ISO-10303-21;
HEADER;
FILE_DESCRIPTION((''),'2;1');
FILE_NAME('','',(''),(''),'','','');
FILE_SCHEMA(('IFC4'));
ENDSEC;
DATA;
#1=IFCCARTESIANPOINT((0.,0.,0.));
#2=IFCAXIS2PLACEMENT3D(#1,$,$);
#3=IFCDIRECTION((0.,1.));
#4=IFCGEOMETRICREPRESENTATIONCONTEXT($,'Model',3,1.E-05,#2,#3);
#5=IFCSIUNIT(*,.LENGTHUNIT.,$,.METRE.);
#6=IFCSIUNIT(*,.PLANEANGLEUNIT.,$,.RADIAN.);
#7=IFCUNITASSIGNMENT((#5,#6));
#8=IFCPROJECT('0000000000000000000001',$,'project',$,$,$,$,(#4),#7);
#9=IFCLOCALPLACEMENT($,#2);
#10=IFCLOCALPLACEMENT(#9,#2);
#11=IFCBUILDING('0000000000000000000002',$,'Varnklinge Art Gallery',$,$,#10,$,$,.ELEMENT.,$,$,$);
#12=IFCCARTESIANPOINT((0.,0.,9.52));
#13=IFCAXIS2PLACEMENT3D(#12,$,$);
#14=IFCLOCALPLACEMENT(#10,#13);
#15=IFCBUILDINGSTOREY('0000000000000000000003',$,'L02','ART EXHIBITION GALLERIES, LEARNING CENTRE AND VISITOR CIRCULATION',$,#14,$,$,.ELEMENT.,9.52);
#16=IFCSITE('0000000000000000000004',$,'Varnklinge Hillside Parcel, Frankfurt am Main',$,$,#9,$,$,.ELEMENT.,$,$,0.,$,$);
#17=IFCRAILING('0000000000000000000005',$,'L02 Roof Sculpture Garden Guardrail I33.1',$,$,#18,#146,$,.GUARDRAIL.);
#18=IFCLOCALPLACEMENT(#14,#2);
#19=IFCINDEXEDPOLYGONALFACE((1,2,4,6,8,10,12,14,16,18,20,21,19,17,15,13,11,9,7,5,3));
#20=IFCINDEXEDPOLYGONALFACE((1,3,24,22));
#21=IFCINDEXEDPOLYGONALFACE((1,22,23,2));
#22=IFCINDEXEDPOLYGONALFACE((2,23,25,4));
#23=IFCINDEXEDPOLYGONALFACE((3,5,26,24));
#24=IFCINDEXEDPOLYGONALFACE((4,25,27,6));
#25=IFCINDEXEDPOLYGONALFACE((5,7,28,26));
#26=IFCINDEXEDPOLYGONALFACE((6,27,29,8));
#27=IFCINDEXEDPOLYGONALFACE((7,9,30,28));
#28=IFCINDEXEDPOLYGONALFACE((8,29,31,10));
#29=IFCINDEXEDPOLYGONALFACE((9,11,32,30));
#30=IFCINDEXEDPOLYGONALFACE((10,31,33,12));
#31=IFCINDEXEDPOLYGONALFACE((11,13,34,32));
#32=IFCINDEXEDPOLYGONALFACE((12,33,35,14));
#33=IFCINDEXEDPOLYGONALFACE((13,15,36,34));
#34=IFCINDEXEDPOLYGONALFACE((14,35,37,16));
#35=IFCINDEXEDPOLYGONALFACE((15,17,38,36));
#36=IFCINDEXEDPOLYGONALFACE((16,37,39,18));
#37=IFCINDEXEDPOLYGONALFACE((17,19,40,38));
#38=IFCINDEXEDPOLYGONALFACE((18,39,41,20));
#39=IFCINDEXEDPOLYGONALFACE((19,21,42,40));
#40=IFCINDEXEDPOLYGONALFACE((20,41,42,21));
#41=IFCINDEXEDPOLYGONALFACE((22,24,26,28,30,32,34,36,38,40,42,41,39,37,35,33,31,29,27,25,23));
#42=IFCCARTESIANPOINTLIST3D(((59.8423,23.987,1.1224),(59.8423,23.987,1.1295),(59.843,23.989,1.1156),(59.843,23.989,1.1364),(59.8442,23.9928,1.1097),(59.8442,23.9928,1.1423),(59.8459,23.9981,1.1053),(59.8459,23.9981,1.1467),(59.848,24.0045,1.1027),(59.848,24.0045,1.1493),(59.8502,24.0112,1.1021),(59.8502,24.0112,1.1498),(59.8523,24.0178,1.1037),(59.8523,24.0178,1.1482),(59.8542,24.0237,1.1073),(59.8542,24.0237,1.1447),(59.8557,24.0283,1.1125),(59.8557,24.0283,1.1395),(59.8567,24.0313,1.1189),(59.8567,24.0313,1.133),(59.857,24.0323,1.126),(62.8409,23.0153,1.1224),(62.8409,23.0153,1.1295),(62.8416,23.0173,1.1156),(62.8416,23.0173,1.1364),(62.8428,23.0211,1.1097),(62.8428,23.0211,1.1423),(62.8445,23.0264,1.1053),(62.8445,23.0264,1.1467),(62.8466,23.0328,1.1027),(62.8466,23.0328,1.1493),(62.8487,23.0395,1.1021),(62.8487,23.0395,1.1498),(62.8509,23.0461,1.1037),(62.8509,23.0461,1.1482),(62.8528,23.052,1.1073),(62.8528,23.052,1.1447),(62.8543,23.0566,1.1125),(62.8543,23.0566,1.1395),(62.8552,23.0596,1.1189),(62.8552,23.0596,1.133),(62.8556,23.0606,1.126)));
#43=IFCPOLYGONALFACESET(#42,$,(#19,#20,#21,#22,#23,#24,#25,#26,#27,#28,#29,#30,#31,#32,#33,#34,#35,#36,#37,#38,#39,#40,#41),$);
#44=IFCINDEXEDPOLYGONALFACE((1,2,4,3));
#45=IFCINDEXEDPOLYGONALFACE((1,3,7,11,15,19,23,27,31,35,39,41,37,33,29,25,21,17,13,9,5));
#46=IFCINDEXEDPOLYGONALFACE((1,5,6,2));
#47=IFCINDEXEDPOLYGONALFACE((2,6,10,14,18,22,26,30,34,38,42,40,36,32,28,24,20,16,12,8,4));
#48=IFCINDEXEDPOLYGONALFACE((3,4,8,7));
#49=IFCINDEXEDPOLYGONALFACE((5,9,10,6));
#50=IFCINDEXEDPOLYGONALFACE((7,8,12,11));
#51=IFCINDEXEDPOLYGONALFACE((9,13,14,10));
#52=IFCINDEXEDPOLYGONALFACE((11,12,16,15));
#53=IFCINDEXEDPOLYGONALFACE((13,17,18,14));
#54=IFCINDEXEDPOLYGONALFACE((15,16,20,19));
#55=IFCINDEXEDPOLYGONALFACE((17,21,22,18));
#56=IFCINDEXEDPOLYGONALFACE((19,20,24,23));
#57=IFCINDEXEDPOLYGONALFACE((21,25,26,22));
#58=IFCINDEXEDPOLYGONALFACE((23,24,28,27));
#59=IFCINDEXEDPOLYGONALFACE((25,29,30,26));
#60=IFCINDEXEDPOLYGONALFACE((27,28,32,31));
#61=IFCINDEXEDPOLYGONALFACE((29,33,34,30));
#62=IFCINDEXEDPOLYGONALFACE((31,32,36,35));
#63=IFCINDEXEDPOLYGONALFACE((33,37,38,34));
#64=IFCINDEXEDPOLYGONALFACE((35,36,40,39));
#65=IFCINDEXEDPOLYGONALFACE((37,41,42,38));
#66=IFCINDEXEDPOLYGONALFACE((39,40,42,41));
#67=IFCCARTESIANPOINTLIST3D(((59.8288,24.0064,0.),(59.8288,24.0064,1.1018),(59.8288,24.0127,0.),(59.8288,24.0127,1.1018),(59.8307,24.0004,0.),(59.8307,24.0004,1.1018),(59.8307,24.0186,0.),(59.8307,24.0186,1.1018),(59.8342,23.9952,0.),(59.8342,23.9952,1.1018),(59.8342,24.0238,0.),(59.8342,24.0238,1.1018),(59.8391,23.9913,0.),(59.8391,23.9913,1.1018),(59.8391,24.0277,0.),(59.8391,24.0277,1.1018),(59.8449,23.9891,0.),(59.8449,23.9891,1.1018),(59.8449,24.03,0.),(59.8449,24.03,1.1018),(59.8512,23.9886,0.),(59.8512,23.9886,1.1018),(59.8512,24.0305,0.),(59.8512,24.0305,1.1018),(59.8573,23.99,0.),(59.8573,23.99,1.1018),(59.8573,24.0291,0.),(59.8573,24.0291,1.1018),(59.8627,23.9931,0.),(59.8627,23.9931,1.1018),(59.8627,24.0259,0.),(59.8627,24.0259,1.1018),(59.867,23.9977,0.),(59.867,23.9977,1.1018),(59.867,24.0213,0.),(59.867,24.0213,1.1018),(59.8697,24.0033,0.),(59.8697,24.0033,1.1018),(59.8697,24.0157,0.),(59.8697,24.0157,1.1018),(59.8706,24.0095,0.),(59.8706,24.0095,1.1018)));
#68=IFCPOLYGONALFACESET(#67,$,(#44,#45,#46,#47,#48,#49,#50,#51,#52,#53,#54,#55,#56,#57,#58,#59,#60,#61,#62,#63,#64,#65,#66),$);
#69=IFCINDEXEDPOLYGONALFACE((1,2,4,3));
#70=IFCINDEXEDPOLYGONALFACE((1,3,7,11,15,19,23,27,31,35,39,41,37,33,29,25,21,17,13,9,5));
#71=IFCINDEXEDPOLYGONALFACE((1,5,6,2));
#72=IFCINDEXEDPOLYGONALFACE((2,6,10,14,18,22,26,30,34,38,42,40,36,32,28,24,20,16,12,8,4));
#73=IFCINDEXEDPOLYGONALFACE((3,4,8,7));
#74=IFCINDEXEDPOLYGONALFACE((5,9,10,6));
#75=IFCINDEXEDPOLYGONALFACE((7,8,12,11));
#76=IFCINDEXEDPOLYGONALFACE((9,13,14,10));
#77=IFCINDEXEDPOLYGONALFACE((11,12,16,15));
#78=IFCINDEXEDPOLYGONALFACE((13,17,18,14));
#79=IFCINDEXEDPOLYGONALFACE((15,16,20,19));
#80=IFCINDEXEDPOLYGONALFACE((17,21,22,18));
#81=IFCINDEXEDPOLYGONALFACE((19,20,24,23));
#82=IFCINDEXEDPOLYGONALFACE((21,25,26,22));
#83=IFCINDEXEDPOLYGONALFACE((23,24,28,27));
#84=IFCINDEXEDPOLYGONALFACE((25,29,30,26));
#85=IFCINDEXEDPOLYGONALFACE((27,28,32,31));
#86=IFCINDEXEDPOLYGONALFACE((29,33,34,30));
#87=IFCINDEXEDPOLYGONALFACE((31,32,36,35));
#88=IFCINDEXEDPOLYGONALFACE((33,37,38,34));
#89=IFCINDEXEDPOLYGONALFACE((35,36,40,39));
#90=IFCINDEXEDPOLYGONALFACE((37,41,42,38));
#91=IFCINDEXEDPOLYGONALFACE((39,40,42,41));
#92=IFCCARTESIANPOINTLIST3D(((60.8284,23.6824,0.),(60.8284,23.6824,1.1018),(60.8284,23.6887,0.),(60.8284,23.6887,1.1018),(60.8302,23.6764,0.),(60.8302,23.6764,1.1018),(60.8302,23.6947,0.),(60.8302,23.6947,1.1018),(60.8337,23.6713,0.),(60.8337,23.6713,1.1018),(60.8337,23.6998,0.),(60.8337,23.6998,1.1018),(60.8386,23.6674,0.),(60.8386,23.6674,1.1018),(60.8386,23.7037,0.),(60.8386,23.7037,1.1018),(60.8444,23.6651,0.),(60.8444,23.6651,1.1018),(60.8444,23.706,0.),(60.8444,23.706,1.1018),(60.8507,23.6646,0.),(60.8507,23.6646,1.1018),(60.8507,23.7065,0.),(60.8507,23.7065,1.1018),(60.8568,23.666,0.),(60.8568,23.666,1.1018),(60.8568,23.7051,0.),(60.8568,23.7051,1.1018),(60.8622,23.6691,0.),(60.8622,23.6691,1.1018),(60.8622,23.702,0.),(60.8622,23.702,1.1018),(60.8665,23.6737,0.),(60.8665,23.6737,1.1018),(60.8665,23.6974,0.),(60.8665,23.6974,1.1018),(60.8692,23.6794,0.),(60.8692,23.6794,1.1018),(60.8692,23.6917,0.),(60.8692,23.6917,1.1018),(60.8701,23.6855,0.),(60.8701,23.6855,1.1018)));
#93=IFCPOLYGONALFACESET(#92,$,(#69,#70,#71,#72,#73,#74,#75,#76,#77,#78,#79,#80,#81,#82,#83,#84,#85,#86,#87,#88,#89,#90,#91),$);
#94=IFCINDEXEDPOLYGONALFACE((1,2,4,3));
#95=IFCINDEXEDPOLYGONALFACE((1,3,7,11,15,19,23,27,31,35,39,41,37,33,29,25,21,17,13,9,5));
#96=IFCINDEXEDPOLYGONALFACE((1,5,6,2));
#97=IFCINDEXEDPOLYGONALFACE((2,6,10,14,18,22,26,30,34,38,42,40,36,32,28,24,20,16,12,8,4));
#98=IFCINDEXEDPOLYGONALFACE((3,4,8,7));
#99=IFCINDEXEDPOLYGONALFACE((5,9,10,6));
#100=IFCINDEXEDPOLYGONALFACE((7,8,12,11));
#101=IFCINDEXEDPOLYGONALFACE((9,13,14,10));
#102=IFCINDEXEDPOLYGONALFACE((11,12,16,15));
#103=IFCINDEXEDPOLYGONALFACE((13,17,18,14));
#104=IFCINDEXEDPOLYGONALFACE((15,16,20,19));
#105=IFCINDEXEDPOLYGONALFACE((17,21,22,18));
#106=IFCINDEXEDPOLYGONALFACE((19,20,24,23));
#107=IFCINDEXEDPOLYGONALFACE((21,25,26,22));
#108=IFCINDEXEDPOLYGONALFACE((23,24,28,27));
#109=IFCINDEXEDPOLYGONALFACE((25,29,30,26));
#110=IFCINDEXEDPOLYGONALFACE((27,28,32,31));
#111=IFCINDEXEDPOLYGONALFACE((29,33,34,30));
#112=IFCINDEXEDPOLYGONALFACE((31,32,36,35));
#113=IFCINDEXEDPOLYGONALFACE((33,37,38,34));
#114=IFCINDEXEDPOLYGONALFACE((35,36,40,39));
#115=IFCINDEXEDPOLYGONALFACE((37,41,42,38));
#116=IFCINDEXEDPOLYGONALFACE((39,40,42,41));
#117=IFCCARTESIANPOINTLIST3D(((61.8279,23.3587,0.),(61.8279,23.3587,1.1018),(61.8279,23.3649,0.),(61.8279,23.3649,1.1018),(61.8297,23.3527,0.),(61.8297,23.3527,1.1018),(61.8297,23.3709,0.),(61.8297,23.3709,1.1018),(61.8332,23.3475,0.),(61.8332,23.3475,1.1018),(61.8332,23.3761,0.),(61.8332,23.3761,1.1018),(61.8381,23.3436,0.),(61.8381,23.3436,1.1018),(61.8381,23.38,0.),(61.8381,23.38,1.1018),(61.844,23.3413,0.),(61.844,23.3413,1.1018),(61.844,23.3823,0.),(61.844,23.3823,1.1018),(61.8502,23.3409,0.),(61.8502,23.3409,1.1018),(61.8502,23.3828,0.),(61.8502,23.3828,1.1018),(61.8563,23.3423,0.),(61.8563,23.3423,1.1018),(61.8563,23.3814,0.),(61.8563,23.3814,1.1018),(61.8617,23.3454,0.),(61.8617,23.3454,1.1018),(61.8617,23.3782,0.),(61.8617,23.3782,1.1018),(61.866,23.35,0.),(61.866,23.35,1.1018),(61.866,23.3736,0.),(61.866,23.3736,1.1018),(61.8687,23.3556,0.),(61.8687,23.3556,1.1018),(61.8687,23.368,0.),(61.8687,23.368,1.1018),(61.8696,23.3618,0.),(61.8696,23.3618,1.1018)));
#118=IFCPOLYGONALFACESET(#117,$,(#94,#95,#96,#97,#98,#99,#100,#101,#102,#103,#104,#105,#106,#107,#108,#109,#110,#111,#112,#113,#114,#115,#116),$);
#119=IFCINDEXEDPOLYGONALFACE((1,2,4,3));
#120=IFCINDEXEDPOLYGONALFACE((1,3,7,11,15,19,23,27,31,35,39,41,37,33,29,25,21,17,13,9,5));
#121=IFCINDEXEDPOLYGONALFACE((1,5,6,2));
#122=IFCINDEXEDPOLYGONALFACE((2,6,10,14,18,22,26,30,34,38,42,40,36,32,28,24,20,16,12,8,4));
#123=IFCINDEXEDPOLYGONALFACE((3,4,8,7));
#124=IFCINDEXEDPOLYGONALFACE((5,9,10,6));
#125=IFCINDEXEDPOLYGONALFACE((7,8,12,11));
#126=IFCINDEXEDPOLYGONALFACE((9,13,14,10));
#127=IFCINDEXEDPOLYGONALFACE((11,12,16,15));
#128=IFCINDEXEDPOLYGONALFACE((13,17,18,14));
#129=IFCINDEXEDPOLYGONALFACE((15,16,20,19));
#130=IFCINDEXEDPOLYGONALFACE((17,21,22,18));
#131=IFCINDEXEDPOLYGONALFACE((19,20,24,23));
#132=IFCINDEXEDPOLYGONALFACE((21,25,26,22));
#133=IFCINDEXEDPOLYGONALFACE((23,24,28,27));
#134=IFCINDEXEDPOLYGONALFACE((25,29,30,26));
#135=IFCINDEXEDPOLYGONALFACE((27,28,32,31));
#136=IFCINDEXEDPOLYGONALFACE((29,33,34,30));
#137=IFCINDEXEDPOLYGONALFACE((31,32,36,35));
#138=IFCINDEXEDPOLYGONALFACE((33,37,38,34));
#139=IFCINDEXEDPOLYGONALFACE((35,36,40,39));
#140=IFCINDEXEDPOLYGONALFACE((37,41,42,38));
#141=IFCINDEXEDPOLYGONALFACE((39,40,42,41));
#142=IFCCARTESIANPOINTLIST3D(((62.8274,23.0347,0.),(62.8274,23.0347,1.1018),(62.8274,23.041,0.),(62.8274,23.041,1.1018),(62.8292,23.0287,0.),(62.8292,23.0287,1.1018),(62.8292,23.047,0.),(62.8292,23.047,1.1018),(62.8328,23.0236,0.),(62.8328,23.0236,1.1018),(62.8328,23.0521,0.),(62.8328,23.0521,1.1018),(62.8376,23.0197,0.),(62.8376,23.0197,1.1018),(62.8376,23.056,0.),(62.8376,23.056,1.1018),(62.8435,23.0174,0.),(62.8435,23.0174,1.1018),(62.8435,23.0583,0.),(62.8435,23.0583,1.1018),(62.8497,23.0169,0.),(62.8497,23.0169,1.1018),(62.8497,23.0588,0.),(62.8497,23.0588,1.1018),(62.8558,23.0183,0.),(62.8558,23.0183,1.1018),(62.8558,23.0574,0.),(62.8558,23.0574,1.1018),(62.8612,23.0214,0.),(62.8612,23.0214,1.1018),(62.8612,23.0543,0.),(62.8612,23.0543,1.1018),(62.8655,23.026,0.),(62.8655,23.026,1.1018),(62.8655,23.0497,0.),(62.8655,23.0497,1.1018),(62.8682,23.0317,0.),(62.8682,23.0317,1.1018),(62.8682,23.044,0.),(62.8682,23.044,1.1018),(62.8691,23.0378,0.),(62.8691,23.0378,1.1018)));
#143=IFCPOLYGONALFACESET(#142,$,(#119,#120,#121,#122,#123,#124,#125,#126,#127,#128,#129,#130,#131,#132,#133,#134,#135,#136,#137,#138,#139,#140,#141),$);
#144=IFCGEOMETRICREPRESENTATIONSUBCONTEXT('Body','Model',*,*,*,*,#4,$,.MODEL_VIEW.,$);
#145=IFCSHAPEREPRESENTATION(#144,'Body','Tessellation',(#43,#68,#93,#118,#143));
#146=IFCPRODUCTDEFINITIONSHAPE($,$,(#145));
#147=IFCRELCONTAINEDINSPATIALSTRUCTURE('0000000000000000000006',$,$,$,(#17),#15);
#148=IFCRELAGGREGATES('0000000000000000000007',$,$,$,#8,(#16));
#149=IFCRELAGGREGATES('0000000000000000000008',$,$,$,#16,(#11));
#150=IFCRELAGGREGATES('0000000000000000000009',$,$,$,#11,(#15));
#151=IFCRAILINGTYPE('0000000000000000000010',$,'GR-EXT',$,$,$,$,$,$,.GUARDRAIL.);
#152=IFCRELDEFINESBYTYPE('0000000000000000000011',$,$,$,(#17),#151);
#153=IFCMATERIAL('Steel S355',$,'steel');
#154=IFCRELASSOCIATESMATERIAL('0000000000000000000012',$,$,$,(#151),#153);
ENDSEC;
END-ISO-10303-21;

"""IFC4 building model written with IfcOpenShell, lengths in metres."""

from ifc_helpers import new_model, si_unit, direction, frame, origin, origin_2d, place, context, subcontext, project, spatial, circle, extrude, material, type_object, element, save


model = new_model("IFC4")

# Units and contexts
model_context = context("Model", 3, precision=1e-05, world=origin(), true_north=direction((0.0, 1.0)))
body_context = subcontext(model_context, "Body", "Model", "MODEL_VIEW")
ifc_project = project(units=[si_unit("LENGTHUNIT", "METRE"), si_unit("PLANEANGLEUNIT", "RADIAN")], contexts=[model_context])

# Site, building, storey
site_placement = place(None, origin())
site = spatial("IfcSite", under=ifc_project, at=site_placement, Name="Varnklinge Hillside Parcel, Frankfurt am Main", CompositionType="ELEMENT", RefElevation=0.0)
building_placement = place(site_placement, origin())
building = spatial("IfcBuilding", under=site, at=building_placement, Name="Varnklinge Art Gallery", CompositionType="ELEMENT")
storey_placement = place(building_placement, frame((0.0, 0.0, 9.52)))
storey = spatial("IfcBuildingStorey", under=building, at=storey_placement, Name="L02", Description="ART EXHIBITION GALLERIES, LEARNING CENTRE AND VISITOR CIRCULATION", CompositionType="ELEMENT", Elevation=9.52)

# Railing
ifc_material_1 = material(Name="Steel S355", Category="steel")
railing_type = type_object("IfcRailingType", Name="GR-EXT", PredefinedType="GUARDRAIL", material=ifc_material_1)
railing_1_placement = place(storey_placement, frame((59.8496, 24.0095, 0.0)))
element("IfcRailing", 1, at=railing_1_placement, inside=storey, type_object=railing_type, Name="L02 Roof Sculpture Garden Guardrail I33.1", PredefinedType="GUARDRAIL", context=body_context, shape_type="SweptSolid", body=[
    extrude(circle(Radius=0.0239, at=origin_2d()), frame((0.0, 0.0, 1.126), z_axis=(0.951299, -0.30827, 0.0), x_axis=(0.30827, 0.951299, 0.0)), (0.0, 0.0, 1.0), 3.1521),
    extrude(circle(Radius=0.021, at=origin_2d()), origin(), (0.0, 0.0, 1.0), 1.1018),
    extrude(circle(Radius=0.021, at=origin_2d()), frame((0.9995, -0.324, 0.0)), (0.0, 0.0, 1.0), 1.1018),
    extrude(circle(Radius=0.021, at=origin_2d()), frame((1.999, -0.6477, 0.0)), (0.0, 0.0, 1.0), 1.1018),
    extrude(circle(Radius=0.021, at=origin_2d()), frame((2.9985, -0.9717, 0.0)), (0.0, 0.0, 1.0), 1.1018),
])

save(model, "model.ifc")
